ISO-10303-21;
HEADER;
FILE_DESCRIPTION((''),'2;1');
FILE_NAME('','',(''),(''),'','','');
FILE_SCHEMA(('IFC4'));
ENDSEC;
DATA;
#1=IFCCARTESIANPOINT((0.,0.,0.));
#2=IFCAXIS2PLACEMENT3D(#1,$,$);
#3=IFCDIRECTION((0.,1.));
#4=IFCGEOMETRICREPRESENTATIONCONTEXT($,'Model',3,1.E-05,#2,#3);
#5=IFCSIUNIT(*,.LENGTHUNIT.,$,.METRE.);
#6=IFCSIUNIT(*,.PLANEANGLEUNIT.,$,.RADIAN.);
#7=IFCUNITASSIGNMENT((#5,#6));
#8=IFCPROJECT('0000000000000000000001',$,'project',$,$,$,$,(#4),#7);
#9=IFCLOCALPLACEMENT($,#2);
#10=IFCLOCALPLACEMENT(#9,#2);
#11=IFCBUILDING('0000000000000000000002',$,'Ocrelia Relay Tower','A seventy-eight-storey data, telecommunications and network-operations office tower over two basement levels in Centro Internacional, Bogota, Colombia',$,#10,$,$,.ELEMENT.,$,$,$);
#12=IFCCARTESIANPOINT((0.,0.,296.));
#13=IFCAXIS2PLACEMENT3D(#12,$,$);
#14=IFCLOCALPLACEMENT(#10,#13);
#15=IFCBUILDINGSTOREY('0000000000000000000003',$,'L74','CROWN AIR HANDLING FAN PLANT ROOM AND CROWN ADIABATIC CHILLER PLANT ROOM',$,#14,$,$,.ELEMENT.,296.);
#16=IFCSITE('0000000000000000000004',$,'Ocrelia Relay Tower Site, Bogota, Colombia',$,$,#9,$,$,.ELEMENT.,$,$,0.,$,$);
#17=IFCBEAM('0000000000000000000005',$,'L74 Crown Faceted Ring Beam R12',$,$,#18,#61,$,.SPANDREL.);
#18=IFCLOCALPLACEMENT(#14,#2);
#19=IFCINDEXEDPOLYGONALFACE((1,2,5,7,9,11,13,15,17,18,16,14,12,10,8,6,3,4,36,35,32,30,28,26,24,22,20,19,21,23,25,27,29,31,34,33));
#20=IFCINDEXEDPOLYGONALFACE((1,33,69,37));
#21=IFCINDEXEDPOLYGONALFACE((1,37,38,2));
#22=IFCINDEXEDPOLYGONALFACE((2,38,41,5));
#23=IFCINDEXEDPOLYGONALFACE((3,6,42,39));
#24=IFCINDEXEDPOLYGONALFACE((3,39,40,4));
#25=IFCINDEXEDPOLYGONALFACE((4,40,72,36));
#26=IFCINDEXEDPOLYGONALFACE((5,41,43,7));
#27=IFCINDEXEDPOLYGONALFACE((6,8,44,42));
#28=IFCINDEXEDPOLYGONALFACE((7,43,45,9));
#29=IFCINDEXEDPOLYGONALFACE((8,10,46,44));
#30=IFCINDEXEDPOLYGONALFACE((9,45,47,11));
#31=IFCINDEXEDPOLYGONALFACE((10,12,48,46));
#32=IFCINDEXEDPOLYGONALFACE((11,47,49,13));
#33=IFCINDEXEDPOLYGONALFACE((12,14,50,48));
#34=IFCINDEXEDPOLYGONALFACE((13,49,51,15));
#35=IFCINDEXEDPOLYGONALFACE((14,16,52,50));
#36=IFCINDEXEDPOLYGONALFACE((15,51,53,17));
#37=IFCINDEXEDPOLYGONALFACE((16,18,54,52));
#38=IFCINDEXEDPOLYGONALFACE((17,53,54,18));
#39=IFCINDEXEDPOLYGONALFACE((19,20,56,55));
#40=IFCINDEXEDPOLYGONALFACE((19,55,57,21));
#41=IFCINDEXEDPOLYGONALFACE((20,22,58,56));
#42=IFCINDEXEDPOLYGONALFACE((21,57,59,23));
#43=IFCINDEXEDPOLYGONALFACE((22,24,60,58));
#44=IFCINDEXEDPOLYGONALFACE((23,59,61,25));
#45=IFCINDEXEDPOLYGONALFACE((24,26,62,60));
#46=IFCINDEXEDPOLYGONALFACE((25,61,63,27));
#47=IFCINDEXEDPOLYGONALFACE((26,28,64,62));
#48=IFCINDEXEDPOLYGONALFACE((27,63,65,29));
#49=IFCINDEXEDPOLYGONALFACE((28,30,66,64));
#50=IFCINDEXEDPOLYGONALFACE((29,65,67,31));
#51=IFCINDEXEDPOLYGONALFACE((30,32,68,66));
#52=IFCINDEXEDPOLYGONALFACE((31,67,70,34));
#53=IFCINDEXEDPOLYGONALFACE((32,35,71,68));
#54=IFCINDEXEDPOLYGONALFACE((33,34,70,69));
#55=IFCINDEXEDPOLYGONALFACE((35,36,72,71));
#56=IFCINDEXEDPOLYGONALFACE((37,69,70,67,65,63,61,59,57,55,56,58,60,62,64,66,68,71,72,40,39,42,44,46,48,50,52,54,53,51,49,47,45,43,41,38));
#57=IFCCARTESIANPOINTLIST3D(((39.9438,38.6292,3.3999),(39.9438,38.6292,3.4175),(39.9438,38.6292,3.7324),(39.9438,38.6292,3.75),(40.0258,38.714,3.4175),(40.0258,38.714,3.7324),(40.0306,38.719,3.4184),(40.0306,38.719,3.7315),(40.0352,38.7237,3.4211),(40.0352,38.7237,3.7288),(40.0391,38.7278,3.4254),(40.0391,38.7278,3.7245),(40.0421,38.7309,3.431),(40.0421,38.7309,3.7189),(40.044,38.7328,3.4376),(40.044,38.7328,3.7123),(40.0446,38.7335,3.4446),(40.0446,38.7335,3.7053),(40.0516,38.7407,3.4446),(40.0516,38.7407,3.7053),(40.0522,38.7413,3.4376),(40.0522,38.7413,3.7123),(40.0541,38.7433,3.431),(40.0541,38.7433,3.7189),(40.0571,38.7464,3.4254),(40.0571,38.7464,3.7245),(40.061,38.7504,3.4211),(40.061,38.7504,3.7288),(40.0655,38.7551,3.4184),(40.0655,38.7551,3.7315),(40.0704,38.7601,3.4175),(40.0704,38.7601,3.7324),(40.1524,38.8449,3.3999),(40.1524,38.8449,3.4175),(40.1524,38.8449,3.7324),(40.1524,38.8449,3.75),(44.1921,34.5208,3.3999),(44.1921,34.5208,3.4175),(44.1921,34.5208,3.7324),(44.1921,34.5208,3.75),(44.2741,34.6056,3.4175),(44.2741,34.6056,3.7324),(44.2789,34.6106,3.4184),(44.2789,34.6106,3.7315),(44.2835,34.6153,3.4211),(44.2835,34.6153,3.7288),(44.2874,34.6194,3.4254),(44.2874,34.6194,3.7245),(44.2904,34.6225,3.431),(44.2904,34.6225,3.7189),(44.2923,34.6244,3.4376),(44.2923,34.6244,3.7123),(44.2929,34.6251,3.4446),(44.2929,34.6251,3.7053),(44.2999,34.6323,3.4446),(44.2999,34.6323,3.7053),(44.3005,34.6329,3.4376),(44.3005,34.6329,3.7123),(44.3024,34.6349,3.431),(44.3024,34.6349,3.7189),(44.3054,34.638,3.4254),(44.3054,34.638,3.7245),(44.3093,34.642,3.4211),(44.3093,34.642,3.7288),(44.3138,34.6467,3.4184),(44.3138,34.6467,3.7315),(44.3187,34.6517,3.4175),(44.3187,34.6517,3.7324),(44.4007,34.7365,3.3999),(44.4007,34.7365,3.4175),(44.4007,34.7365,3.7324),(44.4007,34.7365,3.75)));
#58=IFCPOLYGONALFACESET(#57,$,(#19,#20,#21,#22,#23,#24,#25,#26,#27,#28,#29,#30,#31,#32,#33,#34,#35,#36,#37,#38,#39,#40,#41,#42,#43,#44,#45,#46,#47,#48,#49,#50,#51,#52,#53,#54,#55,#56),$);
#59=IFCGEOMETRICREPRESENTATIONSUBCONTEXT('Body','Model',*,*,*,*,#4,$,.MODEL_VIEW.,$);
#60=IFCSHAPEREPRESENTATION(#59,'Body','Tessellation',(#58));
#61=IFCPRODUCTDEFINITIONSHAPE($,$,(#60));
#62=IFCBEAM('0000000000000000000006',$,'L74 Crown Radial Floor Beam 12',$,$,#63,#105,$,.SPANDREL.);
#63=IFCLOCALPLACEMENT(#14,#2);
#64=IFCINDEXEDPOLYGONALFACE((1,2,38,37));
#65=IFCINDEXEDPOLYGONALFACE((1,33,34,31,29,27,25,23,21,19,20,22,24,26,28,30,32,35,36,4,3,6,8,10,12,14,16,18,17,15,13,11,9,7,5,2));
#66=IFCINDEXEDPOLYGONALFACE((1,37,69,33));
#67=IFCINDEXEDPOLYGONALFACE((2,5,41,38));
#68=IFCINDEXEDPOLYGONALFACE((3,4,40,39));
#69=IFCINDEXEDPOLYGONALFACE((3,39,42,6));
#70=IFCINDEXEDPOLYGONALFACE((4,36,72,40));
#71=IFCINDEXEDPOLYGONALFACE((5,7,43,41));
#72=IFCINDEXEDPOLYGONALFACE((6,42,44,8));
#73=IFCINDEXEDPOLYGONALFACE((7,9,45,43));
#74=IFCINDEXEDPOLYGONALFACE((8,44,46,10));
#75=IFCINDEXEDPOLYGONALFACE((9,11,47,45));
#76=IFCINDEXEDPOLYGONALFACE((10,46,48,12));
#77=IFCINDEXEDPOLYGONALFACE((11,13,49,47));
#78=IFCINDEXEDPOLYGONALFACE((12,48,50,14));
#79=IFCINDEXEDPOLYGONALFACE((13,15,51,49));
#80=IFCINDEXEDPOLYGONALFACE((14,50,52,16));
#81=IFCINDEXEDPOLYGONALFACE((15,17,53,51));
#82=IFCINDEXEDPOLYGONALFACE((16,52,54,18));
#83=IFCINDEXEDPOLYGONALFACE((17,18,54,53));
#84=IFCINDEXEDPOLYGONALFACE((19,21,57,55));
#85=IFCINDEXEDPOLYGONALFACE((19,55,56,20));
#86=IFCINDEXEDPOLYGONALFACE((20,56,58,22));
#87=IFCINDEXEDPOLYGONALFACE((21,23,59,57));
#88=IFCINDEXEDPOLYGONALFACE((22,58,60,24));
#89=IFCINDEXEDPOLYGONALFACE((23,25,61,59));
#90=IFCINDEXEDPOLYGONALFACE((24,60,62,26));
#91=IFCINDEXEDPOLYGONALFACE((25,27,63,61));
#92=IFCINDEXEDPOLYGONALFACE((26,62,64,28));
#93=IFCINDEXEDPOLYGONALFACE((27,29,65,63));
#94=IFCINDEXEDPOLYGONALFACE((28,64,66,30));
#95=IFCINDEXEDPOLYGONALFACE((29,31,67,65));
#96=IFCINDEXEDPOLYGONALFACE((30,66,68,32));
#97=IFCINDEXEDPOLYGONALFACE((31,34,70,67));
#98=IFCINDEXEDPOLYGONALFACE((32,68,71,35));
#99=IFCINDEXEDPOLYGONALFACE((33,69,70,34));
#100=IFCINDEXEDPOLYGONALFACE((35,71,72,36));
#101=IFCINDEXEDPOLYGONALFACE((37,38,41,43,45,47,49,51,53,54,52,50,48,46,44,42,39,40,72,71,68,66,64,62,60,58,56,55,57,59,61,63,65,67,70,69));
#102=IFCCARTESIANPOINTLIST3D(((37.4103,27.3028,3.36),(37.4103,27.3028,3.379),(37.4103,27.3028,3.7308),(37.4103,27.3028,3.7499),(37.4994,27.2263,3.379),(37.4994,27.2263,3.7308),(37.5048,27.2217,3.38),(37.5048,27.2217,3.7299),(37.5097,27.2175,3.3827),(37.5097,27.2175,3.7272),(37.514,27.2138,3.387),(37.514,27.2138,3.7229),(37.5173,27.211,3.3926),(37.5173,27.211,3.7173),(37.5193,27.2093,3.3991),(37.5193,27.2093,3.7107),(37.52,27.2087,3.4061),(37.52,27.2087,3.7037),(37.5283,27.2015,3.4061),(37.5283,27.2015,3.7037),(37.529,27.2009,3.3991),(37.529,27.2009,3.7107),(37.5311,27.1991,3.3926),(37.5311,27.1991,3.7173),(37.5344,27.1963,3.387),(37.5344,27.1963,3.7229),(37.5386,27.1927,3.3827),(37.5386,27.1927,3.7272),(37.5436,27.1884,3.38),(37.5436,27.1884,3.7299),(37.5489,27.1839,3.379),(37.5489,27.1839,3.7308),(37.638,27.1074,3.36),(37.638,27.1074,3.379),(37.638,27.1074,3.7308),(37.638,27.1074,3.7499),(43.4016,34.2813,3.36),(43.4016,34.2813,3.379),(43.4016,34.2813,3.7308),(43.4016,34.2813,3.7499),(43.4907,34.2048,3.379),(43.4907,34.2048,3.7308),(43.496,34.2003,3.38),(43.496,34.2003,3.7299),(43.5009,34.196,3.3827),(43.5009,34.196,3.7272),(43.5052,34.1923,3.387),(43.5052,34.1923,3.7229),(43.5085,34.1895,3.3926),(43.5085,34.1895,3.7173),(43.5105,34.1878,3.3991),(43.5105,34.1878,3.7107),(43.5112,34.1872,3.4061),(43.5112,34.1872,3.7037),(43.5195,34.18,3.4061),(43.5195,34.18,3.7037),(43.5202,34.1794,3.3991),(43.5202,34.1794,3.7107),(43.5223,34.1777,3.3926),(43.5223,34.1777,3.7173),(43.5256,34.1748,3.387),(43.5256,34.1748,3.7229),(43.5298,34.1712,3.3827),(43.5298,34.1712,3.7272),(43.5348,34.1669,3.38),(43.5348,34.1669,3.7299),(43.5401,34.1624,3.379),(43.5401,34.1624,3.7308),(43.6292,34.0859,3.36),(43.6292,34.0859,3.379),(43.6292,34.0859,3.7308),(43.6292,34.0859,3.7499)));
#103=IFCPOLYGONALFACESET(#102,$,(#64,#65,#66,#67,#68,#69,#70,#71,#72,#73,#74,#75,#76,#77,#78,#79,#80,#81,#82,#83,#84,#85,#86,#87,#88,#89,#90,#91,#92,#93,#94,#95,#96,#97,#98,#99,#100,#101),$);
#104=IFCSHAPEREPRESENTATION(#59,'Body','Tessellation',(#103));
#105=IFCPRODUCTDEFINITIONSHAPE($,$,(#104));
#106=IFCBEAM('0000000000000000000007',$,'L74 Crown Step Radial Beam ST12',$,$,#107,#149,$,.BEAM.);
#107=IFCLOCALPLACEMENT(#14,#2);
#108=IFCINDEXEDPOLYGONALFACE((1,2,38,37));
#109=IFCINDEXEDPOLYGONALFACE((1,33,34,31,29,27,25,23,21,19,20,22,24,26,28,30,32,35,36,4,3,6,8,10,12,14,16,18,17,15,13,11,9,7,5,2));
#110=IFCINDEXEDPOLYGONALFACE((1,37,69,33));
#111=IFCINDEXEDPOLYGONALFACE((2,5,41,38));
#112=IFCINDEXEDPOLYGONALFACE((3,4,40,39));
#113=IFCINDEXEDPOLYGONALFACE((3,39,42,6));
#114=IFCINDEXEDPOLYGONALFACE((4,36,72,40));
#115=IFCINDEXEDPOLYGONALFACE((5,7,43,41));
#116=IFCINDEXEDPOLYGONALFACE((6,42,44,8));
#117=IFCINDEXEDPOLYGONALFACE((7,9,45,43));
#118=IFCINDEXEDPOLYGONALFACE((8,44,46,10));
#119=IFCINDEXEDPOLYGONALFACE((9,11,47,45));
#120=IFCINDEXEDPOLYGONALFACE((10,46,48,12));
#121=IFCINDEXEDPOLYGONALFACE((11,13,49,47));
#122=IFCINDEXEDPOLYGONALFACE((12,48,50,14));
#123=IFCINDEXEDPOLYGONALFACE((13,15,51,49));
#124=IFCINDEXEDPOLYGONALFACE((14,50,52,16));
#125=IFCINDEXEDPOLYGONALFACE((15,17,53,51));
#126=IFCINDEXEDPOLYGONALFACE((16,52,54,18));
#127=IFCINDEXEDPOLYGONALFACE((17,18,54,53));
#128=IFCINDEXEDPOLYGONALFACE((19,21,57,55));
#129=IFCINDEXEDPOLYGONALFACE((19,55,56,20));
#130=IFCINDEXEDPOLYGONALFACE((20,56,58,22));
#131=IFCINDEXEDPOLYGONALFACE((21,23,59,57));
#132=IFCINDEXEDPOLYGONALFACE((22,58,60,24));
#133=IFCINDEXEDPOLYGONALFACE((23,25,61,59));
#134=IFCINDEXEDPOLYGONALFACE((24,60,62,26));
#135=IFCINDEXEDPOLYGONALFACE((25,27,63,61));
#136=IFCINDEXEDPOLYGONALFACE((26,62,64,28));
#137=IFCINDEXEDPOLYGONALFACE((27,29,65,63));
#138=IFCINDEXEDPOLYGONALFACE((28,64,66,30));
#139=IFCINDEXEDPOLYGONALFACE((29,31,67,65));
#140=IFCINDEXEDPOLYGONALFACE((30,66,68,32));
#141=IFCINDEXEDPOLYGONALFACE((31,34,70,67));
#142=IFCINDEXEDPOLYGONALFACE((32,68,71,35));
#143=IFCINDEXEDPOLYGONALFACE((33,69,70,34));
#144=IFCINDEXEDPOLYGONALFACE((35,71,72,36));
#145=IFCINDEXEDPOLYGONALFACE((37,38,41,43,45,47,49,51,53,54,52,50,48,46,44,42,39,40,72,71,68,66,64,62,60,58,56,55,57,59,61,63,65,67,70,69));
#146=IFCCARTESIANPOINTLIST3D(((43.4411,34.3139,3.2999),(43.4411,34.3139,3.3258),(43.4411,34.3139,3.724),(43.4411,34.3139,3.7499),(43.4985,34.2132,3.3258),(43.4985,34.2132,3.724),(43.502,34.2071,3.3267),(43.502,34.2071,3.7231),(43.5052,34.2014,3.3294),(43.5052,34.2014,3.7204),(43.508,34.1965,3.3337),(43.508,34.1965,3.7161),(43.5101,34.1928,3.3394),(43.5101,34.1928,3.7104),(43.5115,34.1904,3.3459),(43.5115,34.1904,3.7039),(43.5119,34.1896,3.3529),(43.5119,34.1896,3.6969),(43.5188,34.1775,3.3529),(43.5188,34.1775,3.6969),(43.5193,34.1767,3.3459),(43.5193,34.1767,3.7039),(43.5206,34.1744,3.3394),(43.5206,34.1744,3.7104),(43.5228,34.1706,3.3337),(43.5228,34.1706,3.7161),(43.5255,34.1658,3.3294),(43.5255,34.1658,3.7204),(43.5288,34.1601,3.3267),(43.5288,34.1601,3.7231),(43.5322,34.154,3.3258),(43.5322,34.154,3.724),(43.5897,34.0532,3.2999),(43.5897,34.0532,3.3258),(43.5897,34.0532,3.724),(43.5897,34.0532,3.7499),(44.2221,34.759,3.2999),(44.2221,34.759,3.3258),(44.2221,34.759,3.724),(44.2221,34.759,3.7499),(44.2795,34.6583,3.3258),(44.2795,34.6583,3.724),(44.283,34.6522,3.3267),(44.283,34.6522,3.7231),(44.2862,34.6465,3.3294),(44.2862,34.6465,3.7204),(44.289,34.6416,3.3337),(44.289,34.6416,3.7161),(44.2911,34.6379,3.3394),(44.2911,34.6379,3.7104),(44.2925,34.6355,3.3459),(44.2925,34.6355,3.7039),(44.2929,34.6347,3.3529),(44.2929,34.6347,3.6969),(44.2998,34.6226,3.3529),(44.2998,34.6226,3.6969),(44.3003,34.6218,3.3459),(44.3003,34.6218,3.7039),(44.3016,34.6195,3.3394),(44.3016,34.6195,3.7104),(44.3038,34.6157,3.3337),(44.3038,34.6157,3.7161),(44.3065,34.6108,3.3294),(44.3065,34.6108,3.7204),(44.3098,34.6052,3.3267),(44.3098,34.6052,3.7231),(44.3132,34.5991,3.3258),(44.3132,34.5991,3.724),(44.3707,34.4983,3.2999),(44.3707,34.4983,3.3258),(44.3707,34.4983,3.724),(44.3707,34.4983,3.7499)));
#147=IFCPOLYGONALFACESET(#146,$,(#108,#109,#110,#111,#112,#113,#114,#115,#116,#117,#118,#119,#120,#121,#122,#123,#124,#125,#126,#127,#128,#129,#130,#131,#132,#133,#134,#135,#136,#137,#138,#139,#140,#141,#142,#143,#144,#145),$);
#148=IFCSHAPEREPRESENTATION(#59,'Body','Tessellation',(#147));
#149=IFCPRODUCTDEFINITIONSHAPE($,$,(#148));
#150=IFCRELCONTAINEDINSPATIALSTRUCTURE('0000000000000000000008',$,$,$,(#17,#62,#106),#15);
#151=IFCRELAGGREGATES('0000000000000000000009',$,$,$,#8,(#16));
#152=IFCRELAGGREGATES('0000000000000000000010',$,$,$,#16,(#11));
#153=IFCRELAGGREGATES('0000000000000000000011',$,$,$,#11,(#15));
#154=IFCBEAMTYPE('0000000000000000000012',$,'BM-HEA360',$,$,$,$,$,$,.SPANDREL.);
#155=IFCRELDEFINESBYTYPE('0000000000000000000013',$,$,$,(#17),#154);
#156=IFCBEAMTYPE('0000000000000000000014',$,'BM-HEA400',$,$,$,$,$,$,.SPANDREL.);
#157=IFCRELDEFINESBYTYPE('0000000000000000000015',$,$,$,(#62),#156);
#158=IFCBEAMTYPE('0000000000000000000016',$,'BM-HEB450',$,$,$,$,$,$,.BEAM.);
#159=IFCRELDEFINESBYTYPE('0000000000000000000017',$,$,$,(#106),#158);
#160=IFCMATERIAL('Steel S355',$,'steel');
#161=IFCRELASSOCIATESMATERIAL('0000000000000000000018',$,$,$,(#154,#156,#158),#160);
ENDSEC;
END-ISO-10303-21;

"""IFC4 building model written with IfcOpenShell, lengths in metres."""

from ifc_helpers import new_model, si_unit, direction, frame, origin, origin_2d, place, context, subcontext, project, spatial, i_section, extrude, material, material_profile, profile_set, type_object, element, save


model = new_model("IFC4")

# Units and contexts
model_context = context("Model", 3, precision=1e-05, world=origin(), true_north=direction((0.0, 1.0)))
body_context = subcontext(model_context, "Body", "Model", "MODEL_VIEW")
ifc_project = project(units=[si_unit("LENGTHUNIT", "METRE"), si_unit("PLANEANGLEUNIT", "RADIAN")], contexts=[model_context])

# Site, building, storey
site_placement = place(None, origin())
site = spatial("IfcSite", under=ifc_project, at=site_placement, Name="Ocrelia Relay Tower Site, Bogota, Colombia", CompositionType="ELEMENT", RefElevation=0.0)
building_placement = place(site_placement, origin())
building = spatial("IfcBuilding", under=site, at=building_placement, Name="Ocrelia Relay Tower", Description="A seventy-eight-storey data, telecommunications and network-operations office tower over two basement levels in Centro Internacional, Bogota, Colombia", CompositionType="ELEMENT")
storey_placement = place(building_placement, frame((0.0, 0.0, 296.0)))
storey = spatial("IfcBuildingStorey", under=building, at=storey_placement, Name="L74", Description="CROWN AIR HANDLING FAN PLANT ROOM AND CROWN ADIABATIC CHILLER PLANT ROOM", CompositionType="ELEMENT", Elevation=296.0)

# Beams
ifc_material_1 = material(Name="Steel S355", Category="steel")
ifc_material_profile_1 = material_profile(ifc_material_1, i_section(OverallWidth=0.3, OverallDepth=0.3501, WebThickness=0.01, FlangeThickness=0.0176, FilletRadius=0.0271, at=origin_2d()), Name="HEA 360")
ifc_profile_set_1 = profile_set([ifc_material_profile_1], Name="Steel S355")
beam_type_1 = type_object("IfcBeamType", Name="BM-HEA360", PredefinedType="SPANDREL", material=ifc_profile_set_1)
beam_1_placement = place(storey_placement, frame((44.2964, 34.6287, 3.575), z_axis=(-0.718843, 0.695172, 0.0), x_axis=(-0.695172, -0.718843, 0.0)))
element("IfcBeam", 1, at=beam_1_placement, inside=storey, type_object=beam_type_1, Name="L74 Crown Faceted Ring Beam R12", PredefinedType="SPANDREL", context=body_context, shape_type="SweptSolid", body=[
    extrude(i_section(OverallWidth=0.3, OverallDepth=0.3501, WebThickness=0.01, FlangeThickness=0.0176, FilletRadius=0.0271, at=origin_2d()), origin(), (0.0, 0.0, 1.0), 5.9099),
])
ifc_material_profile_2 = material_profile(ifc_material_1, i_section(OverallWidth=0.3, OverallDepth=0.3899, WebThickness=0.011, FlangeThickness=0.019, FilletRadius=0.0271, at=origin_2d()), Name="HEA 400")
ifc_profile_set_2 = profile_set([ifc_material_profile_2], Name="Steel S355")
beam_type_2 = type_object("IfcBeamType", Name="BM-HEA400", PredefinedType="SPANDREL", material=ifc_profile_set_2)
beam_2_placement = place(storey_placement, frame((43.5154, 34.1836, 3.5549), z_axis=(-0.651395, -0.758739, 0.0), x_axis=(0.758739, -0.651395, 0.0)))
element("IfcBeam", 2, at=beam_2_placement, inside=storey, type_object=beam_type_2, Name="L74 Crown Radial Floor Beam 12", PredefinedType="SPANDREL", context=body_context, shape_type="SweptSolid", body=[
    extrude(i_section(OverallWidth=0.3, OverallDepth=0.3899, WebThickness=0.011, FlangeThickness=0.019, FilletRadius=0.0271, at=origin_2d()), origin(), (0.0, 0.0, 1.0), 9.1975),
])
ifc_material_profile_3 = material_profile(ifc_material_1, i_section(OverallWidth=0.3, OverallDepth=0.45, WebThickness=0.0139, FlangeThickness=0.0259, FilletRadius=0.0271, at=origin_2d()), Name="HEB 450")
ifc_profile_set_3 = profile_set([ifc_material_profile_3], Name="Steel S355")
beam_type_3 = type_object("IfcBeamType", Name="BM-HEB450", PredefinedType="BEAM", material=ifc_profile_set_3)
beam_3_placement = place(storey_placement, frame((44.2964, 34.6287, 3.5249), z_axis=(-0.868828, -0.495115, 0.0), x_axis=(0.495115, -0.868828, 0.0)))
element("IfcBeam", 3, at=beam_3_placement, inside=storey, type_object=beam_type_3, Name="L74 Crown Step Radial Beam ST12", PredefinedType="BEAM", context=body_context, shape_type="SweptSolid", body=[
    extrude(i_section(OverallWidth=0.3, OverallDepth=0.45, WebThickness=0.0139, FlangeThickness=0.0259, FilletRadius=0.0271, at=origin_2d()), origin(), (0.0, 0.0, 1.0), 0.8989),
])

save(model, "model.ifc")
